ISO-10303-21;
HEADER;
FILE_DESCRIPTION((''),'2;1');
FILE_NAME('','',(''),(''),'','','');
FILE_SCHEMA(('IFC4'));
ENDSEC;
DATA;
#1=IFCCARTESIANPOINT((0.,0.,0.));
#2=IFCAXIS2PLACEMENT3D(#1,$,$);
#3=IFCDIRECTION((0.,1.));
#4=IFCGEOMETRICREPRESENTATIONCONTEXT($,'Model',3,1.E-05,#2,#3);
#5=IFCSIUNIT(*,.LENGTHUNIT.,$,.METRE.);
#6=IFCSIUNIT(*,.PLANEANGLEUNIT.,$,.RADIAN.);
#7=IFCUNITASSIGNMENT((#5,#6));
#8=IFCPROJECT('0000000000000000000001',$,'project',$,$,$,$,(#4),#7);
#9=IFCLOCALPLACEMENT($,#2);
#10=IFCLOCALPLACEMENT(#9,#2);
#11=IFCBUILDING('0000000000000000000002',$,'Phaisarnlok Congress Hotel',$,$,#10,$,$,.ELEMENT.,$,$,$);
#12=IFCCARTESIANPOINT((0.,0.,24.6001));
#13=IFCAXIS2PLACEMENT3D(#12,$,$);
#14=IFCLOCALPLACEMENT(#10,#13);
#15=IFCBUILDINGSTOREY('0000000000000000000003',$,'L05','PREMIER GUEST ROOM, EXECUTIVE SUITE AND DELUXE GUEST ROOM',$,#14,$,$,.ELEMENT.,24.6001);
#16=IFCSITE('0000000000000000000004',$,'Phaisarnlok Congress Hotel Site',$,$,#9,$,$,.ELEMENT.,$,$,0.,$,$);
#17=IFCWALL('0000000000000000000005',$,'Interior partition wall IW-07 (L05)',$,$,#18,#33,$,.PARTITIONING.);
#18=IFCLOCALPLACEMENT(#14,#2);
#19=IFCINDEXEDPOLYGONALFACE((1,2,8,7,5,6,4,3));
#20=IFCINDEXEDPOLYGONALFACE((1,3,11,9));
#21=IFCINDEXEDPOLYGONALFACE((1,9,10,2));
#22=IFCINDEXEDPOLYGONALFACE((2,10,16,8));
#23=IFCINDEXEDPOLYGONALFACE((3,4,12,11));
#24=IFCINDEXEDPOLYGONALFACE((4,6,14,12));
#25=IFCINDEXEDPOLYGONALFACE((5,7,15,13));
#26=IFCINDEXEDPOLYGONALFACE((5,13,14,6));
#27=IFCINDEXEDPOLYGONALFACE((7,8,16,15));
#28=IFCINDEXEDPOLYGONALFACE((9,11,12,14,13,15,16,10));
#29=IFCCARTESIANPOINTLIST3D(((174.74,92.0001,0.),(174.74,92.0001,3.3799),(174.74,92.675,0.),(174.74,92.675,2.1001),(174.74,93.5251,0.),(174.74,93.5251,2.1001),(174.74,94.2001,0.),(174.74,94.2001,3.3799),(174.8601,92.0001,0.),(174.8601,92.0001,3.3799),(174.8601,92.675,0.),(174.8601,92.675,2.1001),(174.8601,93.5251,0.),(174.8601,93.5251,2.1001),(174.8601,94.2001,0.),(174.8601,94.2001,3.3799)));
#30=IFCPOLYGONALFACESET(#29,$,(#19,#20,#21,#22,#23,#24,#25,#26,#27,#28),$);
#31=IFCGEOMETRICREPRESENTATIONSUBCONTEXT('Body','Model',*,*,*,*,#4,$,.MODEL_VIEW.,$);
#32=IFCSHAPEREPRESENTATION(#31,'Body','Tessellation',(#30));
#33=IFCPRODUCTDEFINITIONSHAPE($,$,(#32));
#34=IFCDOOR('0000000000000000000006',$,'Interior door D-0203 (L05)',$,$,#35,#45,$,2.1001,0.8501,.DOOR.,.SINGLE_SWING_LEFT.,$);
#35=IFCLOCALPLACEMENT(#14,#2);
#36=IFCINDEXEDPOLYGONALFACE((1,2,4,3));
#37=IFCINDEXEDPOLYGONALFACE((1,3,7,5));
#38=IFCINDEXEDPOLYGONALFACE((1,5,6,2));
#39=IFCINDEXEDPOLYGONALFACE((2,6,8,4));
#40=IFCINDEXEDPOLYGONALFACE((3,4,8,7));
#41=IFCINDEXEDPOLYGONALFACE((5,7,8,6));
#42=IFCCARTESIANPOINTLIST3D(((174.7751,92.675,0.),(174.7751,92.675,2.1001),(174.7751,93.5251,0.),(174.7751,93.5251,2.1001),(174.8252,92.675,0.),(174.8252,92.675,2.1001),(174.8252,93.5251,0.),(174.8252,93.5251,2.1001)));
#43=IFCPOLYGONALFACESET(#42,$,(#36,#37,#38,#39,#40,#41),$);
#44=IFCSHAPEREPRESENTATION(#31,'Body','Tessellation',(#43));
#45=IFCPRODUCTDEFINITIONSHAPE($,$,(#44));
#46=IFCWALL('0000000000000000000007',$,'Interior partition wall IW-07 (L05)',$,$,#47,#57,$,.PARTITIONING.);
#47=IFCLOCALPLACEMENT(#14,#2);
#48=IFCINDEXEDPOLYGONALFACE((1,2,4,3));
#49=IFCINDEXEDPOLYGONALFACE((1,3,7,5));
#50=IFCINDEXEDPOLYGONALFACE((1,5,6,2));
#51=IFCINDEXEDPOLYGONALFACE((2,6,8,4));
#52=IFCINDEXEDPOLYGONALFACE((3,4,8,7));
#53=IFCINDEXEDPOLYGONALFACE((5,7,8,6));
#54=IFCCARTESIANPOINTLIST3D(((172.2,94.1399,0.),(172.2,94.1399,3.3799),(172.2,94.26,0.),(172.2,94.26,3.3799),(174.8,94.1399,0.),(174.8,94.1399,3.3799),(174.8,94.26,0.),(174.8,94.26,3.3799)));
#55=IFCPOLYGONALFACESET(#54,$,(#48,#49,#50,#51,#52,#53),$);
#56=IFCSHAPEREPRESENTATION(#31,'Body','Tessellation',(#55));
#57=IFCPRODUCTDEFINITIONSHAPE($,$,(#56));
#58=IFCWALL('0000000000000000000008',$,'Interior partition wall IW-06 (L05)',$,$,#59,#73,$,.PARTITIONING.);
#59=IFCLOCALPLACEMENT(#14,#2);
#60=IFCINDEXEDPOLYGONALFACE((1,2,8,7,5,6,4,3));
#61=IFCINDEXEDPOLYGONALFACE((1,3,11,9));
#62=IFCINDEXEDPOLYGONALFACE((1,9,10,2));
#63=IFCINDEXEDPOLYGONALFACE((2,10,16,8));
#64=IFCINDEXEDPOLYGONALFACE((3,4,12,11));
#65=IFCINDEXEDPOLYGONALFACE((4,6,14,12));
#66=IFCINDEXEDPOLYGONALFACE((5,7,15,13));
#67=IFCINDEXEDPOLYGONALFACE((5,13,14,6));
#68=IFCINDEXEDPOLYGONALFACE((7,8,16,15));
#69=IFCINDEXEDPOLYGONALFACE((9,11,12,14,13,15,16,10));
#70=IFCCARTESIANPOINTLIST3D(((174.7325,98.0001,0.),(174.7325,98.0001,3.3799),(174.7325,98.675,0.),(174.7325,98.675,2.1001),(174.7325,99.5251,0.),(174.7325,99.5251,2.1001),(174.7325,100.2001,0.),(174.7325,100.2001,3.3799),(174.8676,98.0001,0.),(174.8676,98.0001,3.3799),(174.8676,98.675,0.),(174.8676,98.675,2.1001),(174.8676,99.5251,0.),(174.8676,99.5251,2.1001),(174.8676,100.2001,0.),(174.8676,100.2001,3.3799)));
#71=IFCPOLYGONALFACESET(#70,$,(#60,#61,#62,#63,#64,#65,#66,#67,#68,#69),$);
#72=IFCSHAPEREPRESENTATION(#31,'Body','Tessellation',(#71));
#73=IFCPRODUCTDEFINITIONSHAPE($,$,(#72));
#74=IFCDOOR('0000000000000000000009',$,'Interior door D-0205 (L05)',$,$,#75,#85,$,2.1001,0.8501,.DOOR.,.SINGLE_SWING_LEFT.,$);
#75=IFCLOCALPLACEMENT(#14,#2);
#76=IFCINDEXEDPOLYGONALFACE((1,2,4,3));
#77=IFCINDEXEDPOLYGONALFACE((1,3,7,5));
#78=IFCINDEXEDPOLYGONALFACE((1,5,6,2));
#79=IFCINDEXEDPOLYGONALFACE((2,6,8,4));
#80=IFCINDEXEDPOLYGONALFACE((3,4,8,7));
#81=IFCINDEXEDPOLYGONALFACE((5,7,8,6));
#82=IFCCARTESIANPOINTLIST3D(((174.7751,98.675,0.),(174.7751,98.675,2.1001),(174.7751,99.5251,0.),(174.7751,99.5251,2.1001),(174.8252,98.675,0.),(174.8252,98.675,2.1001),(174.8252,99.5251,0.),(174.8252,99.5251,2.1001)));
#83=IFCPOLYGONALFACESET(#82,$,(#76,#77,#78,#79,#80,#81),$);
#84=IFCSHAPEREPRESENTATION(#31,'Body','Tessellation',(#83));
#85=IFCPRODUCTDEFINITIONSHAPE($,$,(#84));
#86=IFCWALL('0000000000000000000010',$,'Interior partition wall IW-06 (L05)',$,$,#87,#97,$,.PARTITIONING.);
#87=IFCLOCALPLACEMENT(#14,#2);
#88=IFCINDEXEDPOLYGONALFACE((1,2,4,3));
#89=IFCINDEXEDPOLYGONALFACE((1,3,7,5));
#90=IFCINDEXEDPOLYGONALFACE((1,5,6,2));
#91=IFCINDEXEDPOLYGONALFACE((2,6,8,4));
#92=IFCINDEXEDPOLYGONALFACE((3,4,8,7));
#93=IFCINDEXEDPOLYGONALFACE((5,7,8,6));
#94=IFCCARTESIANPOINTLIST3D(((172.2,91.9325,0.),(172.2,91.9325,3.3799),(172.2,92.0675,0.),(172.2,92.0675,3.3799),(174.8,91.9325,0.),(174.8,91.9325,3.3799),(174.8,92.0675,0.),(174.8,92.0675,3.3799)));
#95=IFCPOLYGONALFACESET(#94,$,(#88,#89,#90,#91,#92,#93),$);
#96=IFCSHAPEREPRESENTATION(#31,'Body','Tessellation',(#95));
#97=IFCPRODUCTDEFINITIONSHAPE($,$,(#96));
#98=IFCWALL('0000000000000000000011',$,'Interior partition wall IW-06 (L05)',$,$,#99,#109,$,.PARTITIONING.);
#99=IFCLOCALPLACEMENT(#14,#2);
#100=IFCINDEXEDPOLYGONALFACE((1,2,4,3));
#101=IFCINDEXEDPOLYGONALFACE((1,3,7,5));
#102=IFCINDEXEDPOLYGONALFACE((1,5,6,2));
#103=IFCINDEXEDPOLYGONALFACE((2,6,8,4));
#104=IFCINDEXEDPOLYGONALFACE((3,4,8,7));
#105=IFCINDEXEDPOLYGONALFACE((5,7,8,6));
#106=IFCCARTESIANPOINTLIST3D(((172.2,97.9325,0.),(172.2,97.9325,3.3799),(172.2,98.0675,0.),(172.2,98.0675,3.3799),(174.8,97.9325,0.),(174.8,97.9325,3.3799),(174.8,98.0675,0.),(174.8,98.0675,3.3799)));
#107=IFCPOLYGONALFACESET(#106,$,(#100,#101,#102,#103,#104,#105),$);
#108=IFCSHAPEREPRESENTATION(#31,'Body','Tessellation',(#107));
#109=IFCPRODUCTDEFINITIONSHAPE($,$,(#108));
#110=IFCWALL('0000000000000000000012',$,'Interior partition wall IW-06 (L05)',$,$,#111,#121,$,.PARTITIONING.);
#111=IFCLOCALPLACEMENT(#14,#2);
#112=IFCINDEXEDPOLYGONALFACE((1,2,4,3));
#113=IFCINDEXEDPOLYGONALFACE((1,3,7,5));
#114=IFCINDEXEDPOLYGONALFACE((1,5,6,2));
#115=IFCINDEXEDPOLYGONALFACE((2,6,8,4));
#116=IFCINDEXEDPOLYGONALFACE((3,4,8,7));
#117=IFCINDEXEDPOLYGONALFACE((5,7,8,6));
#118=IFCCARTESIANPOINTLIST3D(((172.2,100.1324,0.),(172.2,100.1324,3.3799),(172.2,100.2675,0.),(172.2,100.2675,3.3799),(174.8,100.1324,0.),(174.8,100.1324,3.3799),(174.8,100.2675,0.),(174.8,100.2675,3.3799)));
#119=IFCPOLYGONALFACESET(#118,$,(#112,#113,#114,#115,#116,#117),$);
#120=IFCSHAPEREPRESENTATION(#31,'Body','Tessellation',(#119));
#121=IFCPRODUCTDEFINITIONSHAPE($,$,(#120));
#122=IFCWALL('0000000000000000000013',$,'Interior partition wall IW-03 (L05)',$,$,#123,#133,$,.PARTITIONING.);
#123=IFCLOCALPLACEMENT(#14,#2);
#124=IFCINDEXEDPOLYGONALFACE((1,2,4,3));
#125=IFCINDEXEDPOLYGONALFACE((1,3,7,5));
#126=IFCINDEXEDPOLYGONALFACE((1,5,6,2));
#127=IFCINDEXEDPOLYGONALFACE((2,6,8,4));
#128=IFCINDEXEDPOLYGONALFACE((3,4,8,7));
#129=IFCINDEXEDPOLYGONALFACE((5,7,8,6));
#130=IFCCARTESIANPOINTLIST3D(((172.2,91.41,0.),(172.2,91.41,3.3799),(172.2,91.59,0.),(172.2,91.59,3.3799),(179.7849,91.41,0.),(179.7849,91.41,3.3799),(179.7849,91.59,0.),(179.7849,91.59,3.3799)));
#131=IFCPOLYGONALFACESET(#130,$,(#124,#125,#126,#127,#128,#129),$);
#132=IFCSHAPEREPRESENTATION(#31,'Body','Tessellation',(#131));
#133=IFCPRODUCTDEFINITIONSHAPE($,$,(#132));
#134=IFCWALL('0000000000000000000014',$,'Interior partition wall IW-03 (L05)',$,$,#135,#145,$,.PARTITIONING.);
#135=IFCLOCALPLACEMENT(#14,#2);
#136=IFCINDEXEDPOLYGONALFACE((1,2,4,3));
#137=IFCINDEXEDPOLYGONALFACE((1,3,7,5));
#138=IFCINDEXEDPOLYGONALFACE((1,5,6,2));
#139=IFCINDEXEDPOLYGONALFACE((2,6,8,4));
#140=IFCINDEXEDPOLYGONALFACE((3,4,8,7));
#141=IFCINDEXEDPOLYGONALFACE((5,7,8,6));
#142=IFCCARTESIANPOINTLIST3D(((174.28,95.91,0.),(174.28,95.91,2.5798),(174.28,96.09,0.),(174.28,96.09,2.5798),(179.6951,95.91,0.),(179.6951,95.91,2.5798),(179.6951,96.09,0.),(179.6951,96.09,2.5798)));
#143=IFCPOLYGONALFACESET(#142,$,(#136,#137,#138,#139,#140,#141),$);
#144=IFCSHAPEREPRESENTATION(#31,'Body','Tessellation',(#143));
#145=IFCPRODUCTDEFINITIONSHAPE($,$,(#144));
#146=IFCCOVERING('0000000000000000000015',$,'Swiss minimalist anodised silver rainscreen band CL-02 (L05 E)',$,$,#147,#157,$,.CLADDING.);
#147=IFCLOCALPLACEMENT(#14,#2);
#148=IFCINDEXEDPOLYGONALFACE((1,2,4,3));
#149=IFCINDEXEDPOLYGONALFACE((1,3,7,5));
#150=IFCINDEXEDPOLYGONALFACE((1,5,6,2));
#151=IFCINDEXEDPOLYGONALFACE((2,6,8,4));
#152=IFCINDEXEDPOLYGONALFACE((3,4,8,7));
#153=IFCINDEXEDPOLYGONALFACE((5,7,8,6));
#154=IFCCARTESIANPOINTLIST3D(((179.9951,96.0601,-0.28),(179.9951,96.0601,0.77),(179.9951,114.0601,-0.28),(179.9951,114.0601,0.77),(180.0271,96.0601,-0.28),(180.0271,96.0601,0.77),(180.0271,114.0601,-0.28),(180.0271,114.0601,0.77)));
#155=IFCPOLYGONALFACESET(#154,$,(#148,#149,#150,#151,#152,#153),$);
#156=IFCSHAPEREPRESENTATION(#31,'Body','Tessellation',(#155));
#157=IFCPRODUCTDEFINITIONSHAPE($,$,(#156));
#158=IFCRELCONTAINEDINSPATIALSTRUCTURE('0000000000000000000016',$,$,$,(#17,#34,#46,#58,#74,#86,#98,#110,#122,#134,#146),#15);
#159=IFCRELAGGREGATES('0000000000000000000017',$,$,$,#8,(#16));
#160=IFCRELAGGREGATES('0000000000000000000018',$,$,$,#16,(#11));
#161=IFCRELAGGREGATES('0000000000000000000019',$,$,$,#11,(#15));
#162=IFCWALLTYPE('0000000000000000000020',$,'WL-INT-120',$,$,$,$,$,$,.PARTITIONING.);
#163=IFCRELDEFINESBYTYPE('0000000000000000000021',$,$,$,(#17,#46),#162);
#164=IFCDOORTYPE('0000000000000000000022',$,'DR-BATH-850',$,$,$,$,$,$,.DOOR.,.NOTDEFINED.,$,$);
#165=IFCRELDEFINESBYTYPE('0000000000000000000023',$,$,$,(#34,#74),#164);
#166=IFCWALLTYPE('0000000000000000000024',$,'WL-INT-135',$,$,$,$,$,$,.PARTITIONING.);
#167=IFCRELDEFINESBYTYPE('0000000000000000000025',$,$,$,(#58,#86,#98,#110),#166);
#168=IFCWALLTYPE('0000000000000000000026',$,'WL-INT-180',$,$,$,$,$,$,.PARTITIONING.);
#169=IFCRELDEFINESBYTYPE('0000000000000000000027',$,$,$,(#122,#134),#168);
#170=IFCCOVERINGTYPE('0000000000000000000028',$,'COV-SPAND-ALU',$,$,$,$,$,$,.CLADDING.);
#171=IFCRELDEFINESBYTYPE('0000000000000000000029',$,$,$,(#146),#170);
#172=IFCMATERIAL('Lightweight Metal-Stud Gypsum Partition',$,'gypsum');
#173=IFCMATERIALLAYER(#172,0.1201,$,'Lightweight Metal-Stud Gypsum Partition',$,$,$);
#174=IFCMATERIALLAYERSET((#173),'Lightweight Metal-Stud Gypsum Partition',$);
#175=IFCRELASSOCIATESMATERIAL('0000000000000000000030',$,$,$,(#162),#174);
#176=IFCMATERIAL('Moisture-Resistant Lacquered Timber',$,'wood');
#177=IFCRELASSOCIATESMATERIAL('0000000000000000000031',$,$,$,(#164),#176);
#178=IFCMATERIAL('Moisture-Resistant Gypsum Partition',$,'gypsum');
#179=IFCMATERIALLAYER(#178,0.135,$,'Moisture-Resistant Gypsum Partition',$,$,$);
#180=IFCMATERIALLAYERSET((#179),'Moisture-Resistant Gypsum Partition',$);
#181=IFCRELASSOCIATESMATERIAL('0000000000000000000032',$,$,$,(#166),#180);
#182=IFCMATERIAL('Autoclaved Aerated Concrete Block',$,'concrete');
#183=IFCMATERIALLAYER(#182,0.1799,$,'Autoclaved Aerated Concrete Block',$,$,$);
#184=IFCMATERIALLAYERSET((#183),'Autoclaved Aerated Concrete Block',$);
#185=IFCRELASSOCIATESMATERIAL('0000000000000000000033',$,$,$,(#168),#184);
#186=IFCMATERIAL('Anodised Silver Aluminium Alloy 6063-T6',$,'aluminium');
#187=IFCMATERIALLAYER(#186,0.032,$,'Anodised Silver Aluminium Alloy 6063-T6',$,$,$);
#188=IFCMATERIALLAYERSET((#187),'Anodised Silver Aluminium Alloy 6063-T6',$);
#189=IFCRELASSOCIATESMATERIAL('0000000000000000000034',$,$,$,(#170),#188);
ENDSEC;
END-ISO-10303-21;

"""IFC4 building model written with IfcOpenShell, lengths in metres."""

from ifc_helpers import new_model, si_unit, direction, frame, frame_2d, origin, place, context, subcontext, project, spatial, polyline, rectangle, outline, extrude, material, layer, layer_set, type_object, element, fill, save


model = new_model("IFC4")

# Units and contexts
model_context = context("Model", 3, precision=1e-05, world=origin(), true_north=direction((0.0, 1.0)))
body_context = subcontext(model_context, "Body", "Model", "MODEL_VIEW")
ifc_project = project(units=[si_unit("LENGTHUNIT", "METRE"), si_unit("PLANEANGLEUNIT", "RADIAN")], contexts=[model_context])

# Site, building, storey
site_placement = place(None, origin())
site = spatial("IfcSite", under=ifc_project, at=site_placement, Name="Phaisarnlok Congress Hotel Site", CompositionType="ELEMENT", RefElevation=0.0)
building_placement = place(site_placement, origin())
building = spatial("IfcBuilding", under=site, at=building_placement, Name="Phaisarnlok Congress Hotel", CompositionType="ELEMENT")
storey_placement = place(building_placement, frame((0.0, 0.0, 24.6001)))
storey = spatial("IfcBuildingStorey", under=building, at=storey_placement, Name="L05", Description="PREMIER GUEST ROOM, EXECUTIVE SUITE AND DELUXE GUEST ROOM", CompositionType="ELEMENT", Elevation=24.6001)

# Wall, opening, door
ifc_material_1 = material(Name="Lightweight Metal-Stud Gypsum Partition", Category="gypsum")
ifc_layer_1 = layer(ifc_material_1, 0.1201, Name="Lightweight Metal-Stud Gypsum Partition")
ifc_layer_set_1 = layer_set([ifc_layer_1], Name="Lightweight Metal-Stud Gypsum Partition")
wall_type_1 = type_object("IfcWallType", Name="WL-INT-120", PredefinedType="PARTITIONING", material=ifc_layer_set_1)
wall_1_placement = place(storey_placement, frame((174.8, 92.0, 0.0), z_axis=(0.0, 0.0, 1.0), x_axis=(0.0, 1.0, 0.0)))
wall_1 = element("IfcWall", 1, at=wall_1_placement, inside=storey, type_object=wall_type_1, Name="Interior partition wall IW-07 (L05)", PredefinedType="PARTITIONING", context=body_context, shape_type="SweptSolid", body=[
    extrude(rectangle(XDim=2.2, YDim=0.1201, at=frame_2d((1.1001, 0.0))), origin(), (0.0, 0.0, 1.0), 3.3799),
])
opening_1_placement = place(wall_1_placement, frame((0.675, 0.0, 0.0)))
opening_1 = element("IfcOpeningElement", 2, at=opening_1_placement, cuts=wall_1, PredefinedType="OPENING", context=body_context, shape_type="SweptSolid", body=[
    extrude(rectangle(XDim=0.8501, YDim=2.1001, at=frame_2d((0.425, 1.05))), frame((0.0, 0.0701, 0.0), z_axis=(0.0, -1.0, 0.0), x_axis=(1.0, 0.0, 0.0)), (0.0, 0.0, 1.0), 0.1401),
])
ifc_material_2 = material(Name="Moisture-Resistant Lacquered Timber", Category="wood")
door_type = type_object("IfcDoorType", Name="DR-BATH-850", OperationType="NOTDEFINED", PredefinedType="DOOR", material=ifc_material_2)
door_1_placement = place(opening_1_placement, origin())
door_1 = element("IfcDoor", 3, at=door_1_placement, inside=storey, type_object=door_type, Name="Interior door D-0203 (L05)", OperationType="SINGLE_SWING_LEFT", OverallHeight=2.1001, OverallWidth=0.8501, PredefinedType="DOOR", context=body_context, shape_type="SweptSolid", body=[
    extrude(rectangle(XDim=0.8501, YDim=2.1001, at=frame_2d((0.425, 1.05))), frame((0.0, 0.0249, 0.0), z_axis=(0.0, -1.0, 0.0), x_axis=(1.0, 0.0, 0.0)), (0.0, 0.0, 1.0), 0.05),
])
fill(opening_1, door_1)

# Wall
wall_2_placement = place(storey_placement, frame((172.2, 94.2, 0.0), z_axis=(0.0, 0.0, 1.0), x_axis=(1.0, 0.0, 0.0)))
element("IfcWall", 4, at=wall_2_placement, inside=storey, type_object=wall_type_1, Name="Interior partition wall IW-07 (L05)", PredefinedType="PARTITIONING", context=body_context, shape_type="SweptSolid", body=[
    extrude(rectangle(XDim=2.6001, YDim=0.1201, at=frame_2d((1.3, 0.0))), origin(), (0.0, 0.0, 1.0), 3.3799),
])

# Wall, opening, door
ifc_material_3 = material(Name="Moisture-Resistant Gypsum Partition", Category="gypsum")
ifc_layer_2 = layer(ifc_material_3, 0.135, Name="Moisture-Resistant Gypsum Partition")
ifc_layer_set_2 = layer_set([ifc_layer_2], Name="Moisture-Resistant Gypsum Partition")
wall_type_2 = type_object("IfcWallType", Name="WL-INT-135", PredefinedType="PARTITIONING", material=ifc_layer_set_2)
wall_3_placement = place(storey_placement, frame((174.8, 98.0, 0.0), z_axis=(0.0, 0.0, 1.0), x_axis=(0.0, 1.0, 0.0)))
wall_3 = element("IfcWall", 5, at=wall_3_placement, inside=storey, type_object=wall_type_2, Name="Interior partition wall IW-06 (L05)", PredefinedType="PARTITIONING", context=body_context, shape_type="SweptSolid", body=[
    extrude(rectangle(XDim=2.2, YDim=0.135, at=frame_2d((1.1001, 0.0))), origin(), (0.0, 0.0, 1.0), 3.3799),
])
opening_2_placement = place(wall_3_placement, frame((0.675, 0.0, 0.0)))
opening_2 = element("IfcOpeningElement", 6, at=opening_2_placement, cuts=wall_3, PredefinedType="OPENING", context=body_context, shape_type="SweptSolid", body=[
    extrude(rectangle(XDim=0.8501, YDim=2.1001, at=frame_2d((0.425, 1.05))), frame((0.0, 0.0776, 0.0), z_axis=(0.0, -1.0, 0.0), x_axis=(1.0, 0.0, 0.0)), (0.0, 0.0, 1.0), 0.155),
])
door_2_placement = place(opening_2_placement, origin())
door_2 = element("IfcDoor", 7, at=door_2_placement, inside=storey, type_object=door_type, Name="Interior door D-0205 (L05)", OperationType="SINGLE_SWING_LEFT", OverallHeight=2.1001, OverallWidth=0.8501, PredefinedType="DOOR", context=body_context, shape_type="SweptSolid", body=[
    extrude(rectangle(XDim=0.8501, YDim=2.1001, at=frame_2d((0.425, 1.05))), frame((0.0, 0.0249, 0.0), z_axis=(0.0, -1.0, 0.0), x_axis=(1.0, 0.0, 0.0)), (0.0, 0.0, 1.0), 0.05),
])
fill(opening_2, door_2)

# Walls
for number, where, z_axis, x_axis, name in (
    (8, (172.2, 92.0, 0.0), (0.0, 0.0, 1.0), (1.0, 0.0, 0.0), "Interior partition wall IW-06 (L05)"),
    (9, (172.2, 98.0, 0.0), (0.0, 0.0, 1.0), (1.0, 0.0, 0.0), "Interior partition wall IW-06 (L05)"),
    (10, (172.2, 100.2, 0.0), (0.0, 0.0, 1.0), (1.0, 0.0, 0.0), "Interior partition wall IW-06 (L05)"),
):
    element("IfcWall", number, at=place(storey_placement, frame(where, z_axis=z_axis, x_axis=x_axis)), inside=storey, type_object=wall_type_2, Name=name, PredefinedType="PARTITIONING", context=body_context, shape_type="SweptSolid", body=[
        extrude(rectangle(XDim=2.6001, YDim=0.135, at=frame_2d((1.3, 0.0))), origin(), (0.0, 0.0, 1.0), 3.3799),
    ])
ifc_material_4 = material(Name="Autoclaved Aerated Concrete Block", Category="concrete")
ifc_layer_3 = layer(ifc_material_4, 0.1799, Name="Autoclaved Aerated Concrete Block")
ifc_layer_set_3 = layer_set([ifc_layer_3], Name="Autoclaved Aerated Concrete Block")
wall_type_3 = type_object("IfcWallType", Name="WL-INT-180", PredefinedType="PARTITIONING", material=ifc_layer_set_3)
wall_4_placement = place(storey_placement, frame((172.2, 91.5, 0.0), z_axis=(0.0, 0.0, 1.0), x_axis=(1.0, 0.0, 0.0)))
element("IfcWall", 11, at=wall_4_placement, inside=storey, type_object=wall_type_3, Name="Interior partition wall IW-03 (L05)", PredefinedType="PARTITIONING", context=body_context, shape_type="SweptSolid", body=[
    extrude(rectangle(XDim=7.585, YDim=0.1799, at=frame_2d((3.7925, 0.0))), origin(), (0.0, 0.0, 1.0), 3.3799),
])
wall_5_placement = place(storey_placement, frame((174.28, 96.0, 0.0), z_axis=(0.0, 0.0, 1.0), x_axis=(1.0, 0.0, 0.0)))
element("IfcWall", 12, at=wall_5_placement, inside=storey, type_object=wall_type_3, Name="Interior partition wall IW-03 (L05)", PredefinedType="PARTITIONING", context=body_context, shape_type="SweptSolid", body=[
    extrude(rectangle(XDim=5.415, YDim=0.1799, at=frame_2d((2.7075, 0.0))), origin(), (0.0, 0.0, 1.0), 2.5798),
])

# Covering
ifc_material_5 = material(Name="Anodised Silver Aluminium Alloy 6063-T6", Category="aluminium")
ifc_layer_4 = layer(ifc_material_5, 0.032, Name="Anodised Silver Aluminium Alloy 6063-T6")
ifc_layer_set_4 = layer_set([ifc_layer_4], Name="Anodised Silver Aluminium Alloy 6063-T6")
covering_type = type_object("IfcCoveringType", Name="COV-SPAND-ALU", PredefinedType="CLADDING", material=ifc_layer_set_4)
covering_placement = place(storey_placement, frame((179.9951, 96.0601, -0.28), z_axis=(1.0, 0.0, 0.0), x_axis=(0.0, 1.0, 0.0)))
element("IfcCovering", 13, at=covering_placement, inside=storey, type_object=covering_type, Name="Swiss minimalist anodised silver rainscreen band CL-02 (L05 E)", PredefinedType="CLADDING", context=body_context, shape_type="SweptSolid", body=[
    extrude(outline(polyline([(0.0, 0.0), (18.0, 0.0), (18.0, 1.05), (0.0, 1.05), (0.0, 0.0)])), origin(), (0.0, 0.0, 1.0), 0.032),
])

save(model, "model.ifc")
